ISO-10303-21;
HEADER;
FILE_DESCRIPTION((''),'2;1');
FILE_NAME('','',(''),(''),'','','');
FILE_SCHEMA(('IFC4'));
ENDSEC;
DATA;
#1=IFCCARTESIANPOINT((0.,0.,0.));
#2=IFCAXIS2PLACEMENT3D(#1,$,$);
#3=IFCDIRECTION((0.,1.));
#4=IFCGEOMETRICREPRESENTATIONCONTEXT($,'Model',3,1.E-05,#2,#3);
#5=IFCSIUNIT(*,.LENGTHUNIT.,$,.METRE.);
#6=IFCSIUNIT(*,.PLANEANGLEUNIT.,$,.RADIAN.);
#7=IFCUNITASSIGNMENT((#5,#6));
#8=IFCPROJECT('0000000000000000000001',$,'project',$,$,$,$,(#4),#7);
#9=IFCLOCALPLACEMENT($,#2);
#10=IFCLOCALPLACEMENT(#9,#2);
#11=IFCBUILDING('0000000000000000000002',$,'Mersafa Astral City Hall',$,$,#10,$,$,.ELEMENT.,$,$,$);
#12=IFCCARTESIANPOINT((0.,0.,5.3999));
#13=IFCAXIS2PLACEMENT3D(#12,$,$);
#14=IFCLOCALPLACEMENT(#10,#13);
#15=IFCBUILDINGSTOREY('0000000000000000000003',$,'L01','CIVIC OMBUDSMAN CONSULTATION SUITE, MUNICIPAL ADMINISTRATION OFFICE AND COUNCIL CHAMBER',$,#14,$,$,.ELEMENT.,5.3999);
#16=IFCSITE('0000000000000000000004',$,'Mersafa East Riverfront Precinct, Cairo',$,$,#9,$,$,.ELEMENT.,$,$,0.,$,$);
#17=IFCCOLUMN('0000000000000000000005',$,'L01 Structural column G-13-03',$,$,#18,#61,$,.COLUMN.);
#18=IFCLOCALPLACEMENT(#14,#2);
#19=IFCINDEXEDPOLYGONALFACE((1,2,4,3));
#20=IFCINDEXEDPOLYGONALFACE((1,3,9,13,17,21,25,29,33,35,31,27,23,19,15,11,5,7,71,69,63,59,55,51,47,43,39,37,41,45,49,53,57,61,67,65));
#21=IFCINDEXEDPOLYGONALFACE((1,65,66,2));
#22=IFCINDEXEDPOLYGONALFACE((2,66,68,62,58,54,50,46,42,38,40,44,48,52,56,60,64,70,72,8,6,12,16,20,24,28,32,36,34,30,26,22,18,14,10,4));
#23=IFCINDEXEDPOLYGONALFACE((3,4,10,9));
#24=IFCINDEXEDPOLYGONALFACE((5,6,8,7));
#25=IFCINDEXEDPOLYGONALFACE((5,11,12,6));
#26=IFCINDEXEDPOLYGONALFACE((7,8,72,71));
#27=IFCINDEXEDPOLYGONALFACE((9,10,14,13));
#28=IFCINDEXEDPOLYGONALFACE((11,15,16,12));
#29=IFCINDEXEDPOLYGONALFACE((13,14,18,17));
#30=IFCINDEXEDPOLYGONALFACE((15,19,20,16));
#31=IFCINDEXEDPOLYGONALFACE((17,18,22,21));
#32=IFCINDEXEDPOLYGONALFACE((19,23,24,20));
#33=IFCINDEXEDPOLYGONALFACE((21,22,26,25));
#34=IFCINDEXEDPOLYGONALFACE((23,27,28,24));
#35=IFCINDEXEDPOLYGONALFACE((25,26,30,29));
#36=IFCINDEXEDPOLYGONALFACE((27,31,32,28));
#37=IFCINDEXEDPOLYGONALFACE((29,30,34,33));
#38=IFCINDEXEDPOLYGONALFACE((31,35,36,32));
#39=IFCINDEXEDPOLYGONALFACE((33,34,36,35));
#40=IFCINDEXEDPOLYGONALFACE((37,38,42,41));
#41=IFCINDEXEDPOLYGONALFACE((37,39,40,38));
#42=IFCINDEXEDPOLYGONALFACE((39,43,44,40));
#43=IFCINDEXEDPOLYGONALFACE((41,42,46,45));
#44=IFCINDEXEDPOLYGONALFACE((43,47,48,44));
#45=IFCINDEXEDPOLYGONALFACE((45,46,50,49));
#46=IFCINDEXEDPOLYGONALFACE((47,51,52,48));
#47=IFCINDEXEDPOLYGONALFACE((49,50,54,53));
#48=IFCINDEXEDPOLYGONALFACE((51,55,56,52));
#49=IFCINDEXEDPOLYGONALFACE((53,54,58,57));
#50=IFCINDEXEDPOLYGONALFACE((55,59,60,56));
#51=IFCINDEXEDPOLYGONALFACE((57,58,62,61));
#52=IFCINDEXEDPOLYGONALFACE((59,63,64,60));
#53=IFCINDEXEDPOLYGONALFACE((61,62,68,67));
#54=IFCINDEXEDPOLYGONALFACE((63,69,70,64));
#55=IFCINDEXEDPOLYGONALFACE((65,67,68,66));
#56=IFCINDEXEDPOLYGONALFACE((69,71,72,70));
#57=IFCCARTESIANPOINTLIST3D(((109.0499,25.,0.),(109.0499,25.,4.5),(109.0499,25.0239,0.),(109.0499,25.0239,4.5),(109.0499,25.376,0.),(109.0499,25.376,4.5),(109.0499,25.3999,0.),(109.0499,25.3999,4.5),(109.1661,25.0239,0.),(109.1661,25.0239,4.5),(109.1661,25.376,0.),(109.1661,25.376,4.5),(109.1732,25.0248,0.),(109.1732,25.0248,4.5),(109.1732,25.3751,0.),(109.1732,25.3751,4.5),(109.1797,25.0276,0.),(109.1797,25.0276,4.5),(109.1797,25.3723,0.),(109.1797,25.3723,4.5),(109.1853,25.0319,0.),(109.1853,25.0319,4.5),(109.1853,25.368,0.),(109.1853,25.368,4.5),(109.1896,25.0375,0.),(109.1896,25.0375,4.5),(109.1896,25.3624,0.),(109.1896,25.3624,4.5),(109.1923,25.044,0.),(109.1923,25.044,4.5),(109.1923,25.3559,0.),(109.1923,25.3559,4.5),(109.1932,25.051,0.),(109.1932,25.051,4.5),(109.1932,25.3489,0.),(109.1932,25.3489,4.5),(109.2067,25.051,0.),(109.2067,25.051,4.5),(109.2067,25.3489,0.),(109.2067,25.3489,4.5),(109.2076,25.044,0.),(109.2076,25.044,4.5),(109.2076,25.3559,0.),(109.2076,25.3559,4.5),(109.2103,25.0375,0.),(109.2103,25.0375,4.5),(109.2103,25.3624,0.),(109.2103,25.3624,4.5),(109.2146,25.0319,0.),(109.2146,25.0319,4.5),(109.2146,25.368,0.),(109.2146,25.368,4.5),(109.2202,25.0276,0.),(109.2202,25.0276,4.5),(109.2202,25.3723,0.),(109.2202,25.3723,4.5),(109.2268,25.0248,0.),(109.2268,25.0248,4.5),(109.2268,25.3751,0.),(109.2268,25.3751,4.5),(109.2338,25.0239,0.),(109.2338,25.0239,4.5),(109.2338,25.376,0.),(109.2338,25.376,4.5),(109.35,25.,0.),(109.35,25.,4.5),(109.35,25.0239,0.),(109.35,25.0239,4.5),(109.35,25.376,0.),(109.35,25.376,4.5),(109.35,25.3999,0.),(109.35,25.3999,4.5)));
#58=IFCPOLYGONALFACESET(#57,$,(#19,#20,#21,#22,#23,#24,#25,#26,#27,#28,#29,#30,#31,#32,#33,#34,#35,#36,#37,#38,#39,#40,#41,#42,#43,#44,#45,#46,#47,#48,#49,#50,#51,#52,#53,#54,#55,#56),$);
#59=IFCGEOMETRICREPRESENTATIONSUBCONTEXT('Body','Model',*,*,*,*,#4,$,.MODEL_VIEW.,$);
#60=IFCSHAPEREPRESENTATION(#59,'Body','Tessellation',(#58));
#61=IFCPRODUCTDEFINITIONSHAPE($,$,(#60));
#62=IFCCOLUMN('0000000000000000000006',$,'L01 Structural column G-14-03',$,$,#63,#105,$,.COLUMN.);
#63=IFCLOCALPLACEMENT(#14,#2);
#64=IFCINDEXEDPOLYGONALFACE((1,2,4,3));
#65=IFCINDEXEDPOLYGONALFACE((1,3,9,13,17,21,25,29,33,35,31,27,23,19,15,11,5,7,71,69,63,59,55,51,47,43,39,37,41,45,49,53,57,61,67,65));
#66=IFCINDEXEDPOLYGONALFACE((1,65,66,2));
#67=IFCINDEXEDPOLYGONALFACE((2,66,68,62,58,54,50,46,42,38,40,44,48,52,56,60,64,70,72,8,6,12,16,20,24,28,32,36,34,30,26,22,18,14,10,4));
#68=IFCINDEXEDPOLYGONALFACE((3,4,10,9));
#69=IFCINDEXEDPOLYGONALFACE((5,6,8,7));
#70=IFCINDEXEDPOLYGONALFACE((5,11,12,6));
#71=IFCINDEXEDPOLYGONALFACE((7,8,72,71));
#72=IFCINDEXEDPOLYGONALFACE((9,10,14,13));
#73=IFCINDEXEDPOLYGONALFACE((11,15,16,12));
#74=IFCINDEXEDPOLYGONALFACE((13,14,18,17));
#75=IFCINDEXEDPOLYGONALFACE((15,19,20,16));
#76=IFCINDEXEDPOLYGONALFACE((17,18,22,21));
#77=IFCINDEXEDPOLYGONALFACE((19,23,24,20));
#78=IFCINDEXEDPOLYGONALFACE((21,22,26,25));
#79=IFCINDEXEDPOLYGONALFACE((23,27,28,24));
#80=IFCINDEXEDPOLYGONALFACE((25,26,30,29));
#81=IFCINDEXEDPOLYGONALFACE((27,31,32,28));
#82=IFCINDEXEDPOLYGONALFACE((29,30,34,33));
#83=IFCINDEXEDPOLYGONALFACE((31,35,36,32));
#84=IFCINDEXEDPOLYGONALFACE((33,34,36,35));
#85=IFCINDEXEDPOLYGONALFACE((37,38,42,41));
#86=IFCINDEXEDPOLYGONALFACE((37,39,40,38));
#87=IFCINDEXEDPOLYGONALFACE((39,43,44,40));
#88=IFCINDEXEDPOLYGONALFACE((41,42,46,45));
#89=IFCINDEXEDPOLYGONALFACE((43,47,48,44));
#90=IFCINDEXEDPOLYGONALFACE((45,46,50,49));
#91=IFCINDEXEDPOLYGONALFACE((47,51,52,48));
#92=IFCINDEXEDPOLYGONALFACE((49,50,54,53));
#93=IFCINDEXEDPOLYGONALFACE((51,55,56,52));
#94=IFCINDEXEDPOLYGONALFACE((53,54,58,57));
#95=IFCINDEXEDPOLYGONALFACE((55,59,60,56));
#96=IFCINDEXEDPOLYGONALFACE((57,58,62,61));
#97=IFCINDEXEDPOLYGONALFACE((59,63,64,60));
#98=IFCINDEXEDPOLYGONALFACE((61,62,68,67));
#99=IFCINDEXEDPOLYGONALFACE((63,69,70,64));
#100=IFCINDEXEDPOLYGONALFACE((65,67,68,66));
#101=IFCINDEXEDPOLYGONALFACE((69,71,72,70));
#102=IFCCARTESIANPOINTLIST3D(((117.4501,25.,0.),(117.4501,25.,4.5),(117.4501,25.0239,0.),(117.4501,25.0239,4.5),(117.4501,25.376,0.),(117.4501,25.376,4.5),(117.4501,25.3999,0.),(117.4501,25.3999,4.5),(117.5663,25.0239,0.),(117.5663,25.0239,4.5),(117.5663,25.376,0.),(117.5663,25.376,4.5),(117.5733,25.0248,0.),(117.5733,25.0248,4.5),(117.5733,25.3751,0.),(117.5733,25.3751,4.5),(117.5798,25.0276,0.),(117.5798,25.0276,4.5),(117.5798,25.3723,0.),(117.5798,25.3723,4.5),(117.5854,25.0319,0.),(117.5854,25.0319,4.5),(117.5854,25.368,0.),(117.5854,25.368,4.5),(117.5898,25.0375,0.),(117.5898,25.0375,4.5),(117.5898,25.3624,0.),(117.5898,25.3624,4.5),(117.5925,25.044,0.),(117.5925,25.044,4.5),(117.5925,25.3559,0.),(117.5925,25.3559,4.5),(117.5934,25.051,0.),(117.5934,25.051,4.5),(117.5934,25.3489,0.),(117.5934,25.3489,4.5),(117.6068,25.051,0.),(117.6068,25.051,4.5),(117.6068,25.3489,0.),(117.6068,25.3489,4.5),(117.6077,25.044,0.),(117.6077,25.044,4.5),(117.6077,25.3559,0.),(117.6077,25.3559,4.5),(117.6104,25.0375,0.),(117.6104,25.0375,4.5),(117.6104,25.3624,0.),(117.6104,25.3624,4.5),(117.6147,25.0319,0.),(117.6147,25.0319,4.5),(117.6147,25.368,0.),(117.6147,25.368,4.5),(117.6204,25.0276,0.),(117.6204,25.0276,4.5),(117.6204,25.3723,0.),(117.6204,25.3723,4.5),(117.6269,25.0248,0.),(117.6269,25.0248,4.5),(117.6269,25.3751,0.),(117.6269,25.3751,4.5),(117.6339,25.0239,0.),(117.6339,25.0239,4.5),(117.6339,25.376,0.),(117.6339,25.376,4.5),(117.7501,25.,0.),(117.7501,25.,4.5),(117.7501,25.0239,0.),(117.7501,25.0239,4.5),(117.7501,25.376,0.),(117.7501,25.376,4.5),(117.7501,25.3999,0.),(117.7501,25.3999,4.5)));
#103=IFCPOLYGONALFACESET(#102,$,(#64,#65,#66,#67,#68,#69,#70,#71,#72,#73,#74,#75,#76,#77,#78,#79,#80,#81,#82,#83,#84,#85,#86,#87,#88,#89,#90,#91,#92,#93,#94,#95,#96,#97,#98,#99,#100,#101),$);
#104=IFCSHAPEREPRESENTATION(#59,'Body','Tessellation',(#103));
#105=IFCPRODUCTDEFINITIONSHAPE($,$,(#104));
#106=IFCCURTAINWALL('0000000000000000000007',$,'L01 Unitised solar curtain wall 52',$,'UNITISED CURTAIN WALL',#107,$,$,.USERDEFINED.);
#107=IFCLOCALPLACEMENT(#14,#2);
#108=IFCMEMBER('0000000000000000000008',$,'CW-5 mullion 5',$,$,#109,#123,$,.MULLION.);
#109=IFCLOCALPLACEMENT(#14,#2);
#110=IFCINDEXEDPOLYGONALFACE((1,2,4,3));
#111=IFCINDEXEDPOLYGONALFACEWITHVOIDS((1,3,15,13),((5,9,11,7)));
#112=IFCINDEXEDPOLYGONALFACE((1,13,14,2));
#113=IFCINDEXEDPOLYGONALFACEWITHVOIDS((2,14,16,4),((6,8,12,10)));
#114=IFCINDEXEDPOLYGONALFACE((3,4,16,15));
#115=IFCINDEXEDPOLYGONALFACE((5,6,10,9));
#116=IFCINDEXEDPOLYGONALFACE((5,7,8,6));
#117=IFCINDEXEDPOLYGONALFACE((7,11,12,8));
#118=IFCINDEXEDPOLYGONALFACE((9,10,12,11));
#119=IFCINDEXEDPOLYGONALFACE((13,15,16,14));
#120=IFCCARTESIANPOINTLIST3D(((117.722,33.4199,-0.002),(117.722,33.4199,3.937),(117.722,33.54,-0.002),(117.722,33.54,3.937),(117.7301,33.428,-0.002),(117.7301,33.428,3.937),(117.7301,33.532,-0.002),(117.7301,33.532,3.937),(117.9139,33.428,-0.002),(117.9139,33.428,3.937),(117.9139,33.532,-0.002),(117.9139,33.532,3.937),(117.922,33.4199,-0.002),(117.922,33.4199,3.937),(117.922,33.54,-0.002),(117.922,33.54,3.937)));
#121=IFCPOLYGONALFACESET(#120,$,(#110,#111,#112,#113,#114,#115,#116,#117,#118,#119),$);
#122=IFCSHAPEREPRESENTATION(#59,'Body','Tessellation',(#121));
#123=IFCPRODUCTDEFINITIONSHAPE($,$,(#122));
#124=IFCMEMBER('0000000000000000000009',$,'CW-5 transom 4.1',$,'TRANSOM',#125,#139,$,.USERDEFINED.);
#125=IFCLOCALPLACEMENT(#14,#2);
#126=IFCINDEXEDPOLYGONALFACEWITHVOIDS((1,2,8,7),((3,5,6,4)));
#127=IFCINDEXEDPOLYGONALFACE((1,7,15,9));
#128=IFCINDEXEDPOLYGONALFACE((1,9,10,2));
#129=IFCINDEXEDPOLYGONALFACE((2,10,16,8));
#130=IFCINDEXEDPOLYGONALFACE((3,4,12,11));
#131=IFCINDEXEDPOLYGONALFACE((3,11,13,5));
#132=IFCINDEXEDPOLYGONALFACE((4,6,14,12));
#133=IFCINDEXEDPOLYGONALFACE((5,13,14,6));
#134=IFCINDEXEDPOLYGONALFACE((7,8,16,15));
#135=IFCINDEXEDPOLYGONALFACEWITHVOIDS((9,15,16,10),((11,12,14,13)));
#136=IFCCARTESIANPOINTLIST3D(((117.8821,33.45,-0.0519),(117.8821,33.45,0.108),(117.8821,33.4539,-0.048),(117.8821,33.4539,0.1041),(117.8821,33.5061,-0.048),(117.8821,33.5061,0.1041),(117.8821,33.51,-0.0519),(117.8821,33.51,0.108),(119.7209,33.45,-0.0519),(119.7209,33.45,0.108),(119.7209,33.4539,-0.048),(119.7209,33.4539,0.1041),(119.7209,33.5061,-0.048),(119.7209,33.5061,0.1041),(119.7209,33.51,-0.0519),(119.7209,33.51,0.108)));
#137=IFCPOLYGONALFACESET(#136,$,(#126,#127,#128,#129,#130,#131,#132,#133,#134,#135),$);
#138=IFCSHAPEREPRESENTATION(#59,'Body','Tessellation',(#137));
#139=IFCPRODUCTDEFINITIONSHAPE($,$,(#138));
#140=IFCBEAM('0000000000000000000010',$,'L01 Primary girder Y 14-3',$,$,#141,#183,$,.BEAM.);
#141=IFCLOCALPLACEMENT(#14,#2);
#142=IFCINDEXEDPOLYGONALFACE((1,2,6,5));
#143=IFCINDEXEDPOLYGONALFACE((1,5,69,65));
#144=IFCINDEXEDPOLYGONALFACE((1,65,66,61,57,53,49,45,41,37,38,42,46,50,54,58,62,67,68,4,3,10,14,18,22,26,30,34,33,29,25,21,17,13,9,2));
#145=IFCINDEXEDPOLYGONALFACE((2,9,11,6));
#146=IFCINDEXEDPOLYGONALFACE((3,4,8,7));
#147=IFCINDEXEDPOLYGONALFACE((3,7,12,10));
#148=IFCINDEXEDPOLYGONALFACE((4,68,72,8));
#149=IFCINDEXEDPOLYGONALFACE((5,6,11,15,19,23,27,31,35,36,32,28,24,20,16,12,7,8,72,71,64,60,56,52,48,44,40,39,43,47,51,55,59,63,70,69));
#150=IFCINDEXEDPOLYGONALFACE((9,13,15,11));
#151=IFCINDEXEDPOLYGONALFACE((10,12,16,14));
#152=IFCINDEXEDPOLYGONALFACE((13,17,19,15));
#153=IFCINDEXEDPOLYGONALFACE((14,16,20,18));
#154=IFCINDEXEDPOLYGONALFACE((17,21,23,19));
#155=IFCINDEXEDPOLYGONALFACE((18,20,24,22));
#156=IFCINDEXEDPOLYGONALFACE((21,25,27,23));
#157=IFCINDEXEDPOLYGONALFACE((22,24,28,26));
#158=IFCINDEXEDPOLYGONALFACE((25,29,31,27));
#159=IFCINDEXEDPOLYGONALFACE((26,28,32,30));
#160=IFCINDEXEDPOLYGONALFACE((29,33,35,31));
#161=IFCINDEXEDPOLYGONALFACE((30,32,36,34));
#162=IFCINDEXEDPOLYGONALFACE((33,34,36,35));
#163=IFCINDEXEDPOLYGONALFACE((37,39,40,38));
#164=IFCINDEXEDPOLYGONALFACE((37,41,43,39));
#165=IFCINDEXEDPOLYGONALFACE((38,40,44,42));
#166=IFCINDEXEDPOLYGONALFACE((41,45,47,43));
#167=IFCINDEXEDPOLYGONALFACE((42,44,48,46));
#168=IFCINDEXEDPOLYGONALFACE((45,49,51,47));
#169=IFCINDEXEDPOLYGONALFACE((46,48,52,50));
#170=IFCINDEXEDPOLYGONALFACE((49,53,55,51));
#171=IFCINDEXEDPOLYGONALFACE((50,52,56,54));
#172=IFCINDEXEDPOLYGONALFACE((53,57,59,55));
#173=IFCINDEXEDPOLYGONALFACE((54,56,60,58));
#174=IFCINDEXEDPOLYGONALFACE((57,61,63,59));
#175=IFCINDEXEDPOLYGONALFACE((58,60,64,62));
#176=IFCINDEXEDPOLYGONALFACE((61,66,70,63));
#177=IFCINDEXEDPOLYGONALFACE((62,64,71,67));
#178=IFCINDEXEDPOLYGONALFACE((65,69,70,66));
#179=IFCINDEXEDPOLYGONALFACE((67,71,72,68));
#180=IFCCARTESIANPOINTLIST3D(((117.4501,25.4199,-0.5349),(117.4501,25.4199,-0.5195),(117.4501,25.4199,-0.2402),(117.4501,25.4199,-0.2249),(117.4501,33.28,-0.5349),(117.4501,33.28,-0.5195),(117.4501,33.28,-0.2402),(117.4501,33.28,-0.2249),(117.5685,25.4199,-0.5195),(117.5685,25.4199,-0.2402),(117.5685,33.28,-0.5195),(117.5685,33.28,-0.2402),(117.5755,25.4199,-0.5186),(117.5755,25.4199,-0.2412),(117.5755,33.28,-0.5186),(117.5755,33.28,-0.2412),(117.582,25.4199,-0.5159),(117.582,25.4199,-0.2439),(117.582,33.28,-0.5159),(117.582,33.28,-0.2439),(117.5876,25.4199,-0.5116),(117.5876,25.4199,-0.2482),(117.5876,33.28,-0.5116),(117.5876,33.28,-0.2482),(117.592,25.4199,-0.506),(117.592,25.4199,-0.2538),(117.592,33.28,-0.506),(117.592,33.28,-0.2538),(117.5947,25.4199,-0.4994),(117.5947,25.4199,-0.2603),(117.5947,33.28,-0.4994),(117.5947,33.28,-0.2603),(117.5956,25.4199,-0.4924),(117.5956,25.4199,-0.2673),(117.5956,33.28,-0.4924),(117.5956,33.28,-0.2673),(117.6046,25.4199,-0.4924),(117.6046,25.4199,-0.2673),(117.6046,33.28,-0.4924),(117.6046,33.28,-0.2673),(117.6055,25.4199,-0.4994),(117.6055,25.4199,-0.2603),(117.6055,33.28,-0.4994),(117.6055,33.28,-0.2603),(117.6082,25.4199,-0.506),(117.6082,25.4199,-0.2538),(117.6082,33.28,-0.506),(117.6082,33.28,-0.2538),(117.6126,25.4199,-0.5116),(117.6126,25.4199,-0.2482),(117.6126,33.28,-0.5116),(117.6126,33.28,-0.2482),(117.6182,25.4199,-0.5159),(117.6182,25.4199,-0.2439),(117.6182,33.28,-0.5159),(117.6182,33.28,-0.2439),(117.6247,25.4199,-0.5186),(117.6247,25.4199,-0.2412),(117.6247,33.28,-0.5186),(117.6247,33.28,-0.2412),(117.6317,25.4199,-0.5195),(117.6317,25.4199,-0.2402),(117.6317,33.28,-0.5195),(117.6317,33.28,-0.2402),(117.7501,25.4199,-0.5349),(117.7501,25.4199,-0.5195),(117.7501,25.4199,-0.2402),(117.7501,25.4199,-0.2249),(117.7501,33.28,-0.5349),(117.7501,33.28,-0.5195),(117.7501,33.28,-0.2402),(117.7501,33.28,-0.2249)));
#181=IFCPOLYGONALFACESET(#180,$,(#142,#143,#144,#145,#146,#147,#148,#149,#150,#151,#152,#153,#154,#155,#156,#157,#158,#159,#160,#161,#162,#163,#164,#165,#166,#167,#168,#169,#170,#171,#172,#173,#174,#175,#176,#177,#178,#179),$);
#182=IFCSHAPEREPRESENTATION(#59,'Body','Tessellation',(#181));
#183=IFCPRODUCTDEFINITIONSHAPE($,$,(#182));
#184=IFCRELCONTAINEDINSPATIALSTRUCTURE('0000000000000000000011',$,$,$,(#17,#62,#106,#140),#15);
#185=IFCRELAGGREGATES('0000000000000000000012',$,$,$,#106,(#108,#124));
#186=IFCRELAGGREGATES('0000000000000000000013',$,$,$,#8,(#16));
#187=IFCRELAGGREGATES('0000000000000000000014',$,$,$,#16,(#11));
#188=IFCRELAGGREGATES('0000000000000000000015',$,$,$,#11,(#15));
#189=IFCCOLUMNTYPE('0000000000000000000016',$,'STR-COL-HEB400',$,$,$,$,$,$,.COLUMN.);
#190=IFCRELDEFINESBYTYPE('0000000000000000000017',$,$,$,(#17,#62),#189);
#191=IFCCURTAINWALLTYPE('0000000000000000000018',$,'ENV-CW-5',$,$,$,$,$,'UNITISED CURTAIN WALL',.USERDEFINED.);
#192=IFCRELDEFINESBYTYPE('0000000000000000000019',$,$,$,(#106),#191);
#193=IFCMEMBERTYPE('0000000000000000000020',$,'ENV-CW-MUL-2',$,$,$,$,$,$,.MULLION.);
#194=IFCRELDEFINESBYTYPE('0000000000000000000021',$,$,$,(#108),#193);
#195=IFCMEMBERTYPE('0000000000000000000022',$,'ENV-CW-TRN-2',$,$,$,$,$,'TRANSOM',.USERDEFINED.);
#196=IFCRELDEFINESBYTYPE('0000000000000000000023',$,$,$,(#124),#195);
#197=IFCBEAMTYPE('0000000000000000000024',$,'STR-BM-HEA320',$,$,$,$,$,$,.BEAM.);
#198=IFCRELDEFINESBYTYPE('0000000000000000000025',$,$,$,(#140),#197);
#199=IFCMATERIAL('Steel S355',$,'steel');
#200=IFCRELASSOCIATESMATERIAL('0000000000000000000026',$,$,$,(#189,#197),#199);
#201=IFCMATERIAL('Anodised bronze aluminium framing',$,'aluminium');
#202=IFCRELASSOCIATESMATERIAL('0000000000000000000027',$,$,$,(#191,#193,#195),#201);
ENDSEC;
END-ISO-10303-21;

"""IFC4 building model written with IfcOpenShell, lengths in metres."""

from ifc_helpers import new_model, si_unit, direction, frame, origin, origin_2d, place, context, subcontext, project, spatial, hollow_rectangle, i_section, extrude, material, material_profile, profile_set, type_object, element, aggregate, save


model = new_model("IFC4")

# Units and contexts
model_context = context("Model", 3, precision=1e-05, world=origin(), true_north=direction((0.0, 1.0)))
body_context = subcontext(model_context, "Body", "Model", "MODEL_VIEW")
ifc_project = project(units=[si_unit("LENGTHUNIT", "METRE"), si_unit("PLANEANGLEUNIT", "RADIAN")], contexts=[model_context])

# Site, building, storey
site_placement = place(None, origin())
site = spatial("IfcSite", under=ifc_project, at=site_placement, Name="Mersafa East Riverfront Precinct, Cairo", CompositionType="ELEMENT", RefElevation=0.0)
building_placement = place(site_placement, origin())
building = spatial("IfcBuilding", under=site, at=building_placement, Name="Mersafa Astral City Hall", CompositionType="ELEMENT")
storey_placement = place(building_placement, frame((0.0, 0.0, 5.3999)))
storey = spatial("IfcBuildingStorey", under=building, at=storey_placement, Name="L01", Description="CIVIC OMBUDSMAN CONSULTATION SUITE, MUNICIPAL ADMINISTRATION OFFICE AND COUNCIL CHAMBER", CompositionType="ELEMENT", Elevation=5.3999)

# Columns
ifc_material_1 = material(Name="Steel S355", Category="steel")
ifc_material_profile_1 = material_profile(ifc_material_1, i_section(OverallWidth=0.3, OverallDepth=0.3999, WebThickness=0.0134, FlangeThickness=0.0239, FilletRadius=0.0271, at=origin_2d()), Name="HEB 400")
ifc_profile_set_1 = profile_set([ifc_material_profile_1], Name="Steel S355")
column_type = type_object("IfcColumnType", Name="STR-COL-HEB400", PredefinedType="COLUMN", material=ifc_profile_set_1)
for number, where, z_axis, x_axis, name in (
    (1, (109.2, 25.2, 0.0), (0.0, 0.0, 1.0), (1.0, 0.0, 0.0), "L01 Structural column G-13-03"),
    (2, (117.6001, 25.2, 0.0), (0.0, 0.0, 1.0), (1.0, 0.0, 0.0), "L01 Structural column G-14-03"),
):
    element("IfcColumn", number, at=place(storey_placement, frame(where, z_axis=z_axis, x_axis=x_axis)), inside=storey, type_object=column_type, Name=name, PredefinedType="COLUMN", context=body_context, shape_type="SweptSolid", body=[
        extrude(i_section(OverallWidth=0.3, OverallDepth=0.3999, WebThickness=0.0134, FlangeThickness=0.0239, FilletRadius=0.0271, at=origin_2d()), origin(), (0.0, 0.0, 1.0), 4.5),
    ])

# Curtain wall, members
ifc_material_2 = material(Name="Anodised bronze aluminium framing", Category="aluminium")
curtain_wall_type = type_object("IfcCurtainWallType", Name="ENV-CW-5", ElementType="UNITISED CURTAIN WALL", PredefinedType="USERDEFINED", material=ifc_material_2)
curtain_wall_placement = place(storey_placement, origin())
curtain_wall = element("IfcCurtainWall", 3, at=curtain_wall_placement, inside=storey, type_object=curtain_wall_type, Name="L01 Unitised solar curtain wall 52", ObjectType="UNITISED CURTAIN WALL", PredefinedType="USERDEFINED")
ifc_material_profile_2 = material_profile(ifc_material_2, hollow_rectangle(XDim=0.1201, YDim=0.2, WallThickness=0.0081, at=origin_2d()), Name="RHS 120x200x8")
ifc_profile_set_2 = profile_set([ifc_material_profile_2], Name="Anodised bronze aluminium framing")
member_type_1 = type_object("IfcMemberType", Name="ENV-CW-MUL-2", PredefinedType="MULLION", material=ifc_profile_set_2)
member_1_placement = place(storey_placement, frame((117.822, 33.48, -0.002), z_axis=(0.0, 0.0, 1.0), x_axis=(0.0, -1.0, 0.0)))
member_1 = element("IfcMember", 4, at=member_1_placement, type_object=member_type_1, Name="CW-5 mullion 5", PredefinedType="MULLION", context=body_context, shape_type="SweptSolid", body=[
    extrude(hollow_rectangle(XDim=0.1201, YDim=0.2, WallThickness=0.0081, at=origin_2d()), origin(), (0.0, 0.0, 1.0), 3.939),
])
ifc_material_profile_3 = material_profile(ifc_material_2, hollow_rectangle(XDim=0.0601, YDim=0.1599, WallThickness=0.0039, at=origin_2d()), Name="RHS 60x160x4")
ifc_profile_set_3 = profile_set([ifc_material_profile_3], Name="Anodised bronze aluminium framing")
member_type_2 = type_object("IfcMemberType", Name="ENV-CW-TRN-2", ElementType="TRANSOM", PredefinedType="USERDEFINED", material=ifc_profile_set_3)
member_2_placement = place(storey_placement, frame((119.7209, 33.48, 0.0281), z_axis=(-1.0, 0.0, 0.0), x_axis=(0.0, -1.0, 0.0)))
member_2 = element("IfcMember", 5, at=member_2_placement, type_object=member_type_2, Name="CW-5 transom 4.1", ObjectType="TRANSOM", PredefinedType="USERDEFINED", context=body_context, shape_type="SweptSolid", body=[
    extrude(hollow_rectangle(XDim=0.0601, YDim=0.1599, WallThickness=0.0039, at=origin_2d()), origin(), (0.0, 0.0, 1.0), 1.8389),
])

# Beam
ifc_material_profile_4 = material_profile(ifc_material_1, i_section(OverallWidth=0.3, OverallDepth=0.3101, WebThickness=0.009, FlangeThickness=0.0154, FilletRadius=0.0271, at=origin_2d()), Name="HEA 320")
ifc_profile_set_4 = profile_set([ifc_material_profile_4], Name="Steel S355")
beam_type_1 = type_object("IfcBeamType", Name="STR-BM-HEA320", PredefinedType="BEAM", material=ifc_profile_set_4)
beam_1_placement = place(storey_placement, frame((117.6001, 25.4199, -0.3799), z_axis=(0.0, 1.0, 0.0), x_axis=(-1.0, 0.0, 0.0)))
element("IfcBeam", 6, at=beam_1_placement, inside=storey, type_object=beam_type_1, Name="L01 Primary girder Y 14-3", PredefinedType="BEAM", context=body_context, shape_type="SweptSolid", body=[
    extrude(i_section(OverallWidth=0.3, OverallDepth=0.3101, WebThickness=0.009, FlangeThickness=0.0154, FilletRadius=0.0271, at=origin_2d()), origin(), (0.0, 0.0, 1.0), 7.8601),
])

aggregate(curtain_wall, [member_1, member_2])

save(model, "model.ifc")
